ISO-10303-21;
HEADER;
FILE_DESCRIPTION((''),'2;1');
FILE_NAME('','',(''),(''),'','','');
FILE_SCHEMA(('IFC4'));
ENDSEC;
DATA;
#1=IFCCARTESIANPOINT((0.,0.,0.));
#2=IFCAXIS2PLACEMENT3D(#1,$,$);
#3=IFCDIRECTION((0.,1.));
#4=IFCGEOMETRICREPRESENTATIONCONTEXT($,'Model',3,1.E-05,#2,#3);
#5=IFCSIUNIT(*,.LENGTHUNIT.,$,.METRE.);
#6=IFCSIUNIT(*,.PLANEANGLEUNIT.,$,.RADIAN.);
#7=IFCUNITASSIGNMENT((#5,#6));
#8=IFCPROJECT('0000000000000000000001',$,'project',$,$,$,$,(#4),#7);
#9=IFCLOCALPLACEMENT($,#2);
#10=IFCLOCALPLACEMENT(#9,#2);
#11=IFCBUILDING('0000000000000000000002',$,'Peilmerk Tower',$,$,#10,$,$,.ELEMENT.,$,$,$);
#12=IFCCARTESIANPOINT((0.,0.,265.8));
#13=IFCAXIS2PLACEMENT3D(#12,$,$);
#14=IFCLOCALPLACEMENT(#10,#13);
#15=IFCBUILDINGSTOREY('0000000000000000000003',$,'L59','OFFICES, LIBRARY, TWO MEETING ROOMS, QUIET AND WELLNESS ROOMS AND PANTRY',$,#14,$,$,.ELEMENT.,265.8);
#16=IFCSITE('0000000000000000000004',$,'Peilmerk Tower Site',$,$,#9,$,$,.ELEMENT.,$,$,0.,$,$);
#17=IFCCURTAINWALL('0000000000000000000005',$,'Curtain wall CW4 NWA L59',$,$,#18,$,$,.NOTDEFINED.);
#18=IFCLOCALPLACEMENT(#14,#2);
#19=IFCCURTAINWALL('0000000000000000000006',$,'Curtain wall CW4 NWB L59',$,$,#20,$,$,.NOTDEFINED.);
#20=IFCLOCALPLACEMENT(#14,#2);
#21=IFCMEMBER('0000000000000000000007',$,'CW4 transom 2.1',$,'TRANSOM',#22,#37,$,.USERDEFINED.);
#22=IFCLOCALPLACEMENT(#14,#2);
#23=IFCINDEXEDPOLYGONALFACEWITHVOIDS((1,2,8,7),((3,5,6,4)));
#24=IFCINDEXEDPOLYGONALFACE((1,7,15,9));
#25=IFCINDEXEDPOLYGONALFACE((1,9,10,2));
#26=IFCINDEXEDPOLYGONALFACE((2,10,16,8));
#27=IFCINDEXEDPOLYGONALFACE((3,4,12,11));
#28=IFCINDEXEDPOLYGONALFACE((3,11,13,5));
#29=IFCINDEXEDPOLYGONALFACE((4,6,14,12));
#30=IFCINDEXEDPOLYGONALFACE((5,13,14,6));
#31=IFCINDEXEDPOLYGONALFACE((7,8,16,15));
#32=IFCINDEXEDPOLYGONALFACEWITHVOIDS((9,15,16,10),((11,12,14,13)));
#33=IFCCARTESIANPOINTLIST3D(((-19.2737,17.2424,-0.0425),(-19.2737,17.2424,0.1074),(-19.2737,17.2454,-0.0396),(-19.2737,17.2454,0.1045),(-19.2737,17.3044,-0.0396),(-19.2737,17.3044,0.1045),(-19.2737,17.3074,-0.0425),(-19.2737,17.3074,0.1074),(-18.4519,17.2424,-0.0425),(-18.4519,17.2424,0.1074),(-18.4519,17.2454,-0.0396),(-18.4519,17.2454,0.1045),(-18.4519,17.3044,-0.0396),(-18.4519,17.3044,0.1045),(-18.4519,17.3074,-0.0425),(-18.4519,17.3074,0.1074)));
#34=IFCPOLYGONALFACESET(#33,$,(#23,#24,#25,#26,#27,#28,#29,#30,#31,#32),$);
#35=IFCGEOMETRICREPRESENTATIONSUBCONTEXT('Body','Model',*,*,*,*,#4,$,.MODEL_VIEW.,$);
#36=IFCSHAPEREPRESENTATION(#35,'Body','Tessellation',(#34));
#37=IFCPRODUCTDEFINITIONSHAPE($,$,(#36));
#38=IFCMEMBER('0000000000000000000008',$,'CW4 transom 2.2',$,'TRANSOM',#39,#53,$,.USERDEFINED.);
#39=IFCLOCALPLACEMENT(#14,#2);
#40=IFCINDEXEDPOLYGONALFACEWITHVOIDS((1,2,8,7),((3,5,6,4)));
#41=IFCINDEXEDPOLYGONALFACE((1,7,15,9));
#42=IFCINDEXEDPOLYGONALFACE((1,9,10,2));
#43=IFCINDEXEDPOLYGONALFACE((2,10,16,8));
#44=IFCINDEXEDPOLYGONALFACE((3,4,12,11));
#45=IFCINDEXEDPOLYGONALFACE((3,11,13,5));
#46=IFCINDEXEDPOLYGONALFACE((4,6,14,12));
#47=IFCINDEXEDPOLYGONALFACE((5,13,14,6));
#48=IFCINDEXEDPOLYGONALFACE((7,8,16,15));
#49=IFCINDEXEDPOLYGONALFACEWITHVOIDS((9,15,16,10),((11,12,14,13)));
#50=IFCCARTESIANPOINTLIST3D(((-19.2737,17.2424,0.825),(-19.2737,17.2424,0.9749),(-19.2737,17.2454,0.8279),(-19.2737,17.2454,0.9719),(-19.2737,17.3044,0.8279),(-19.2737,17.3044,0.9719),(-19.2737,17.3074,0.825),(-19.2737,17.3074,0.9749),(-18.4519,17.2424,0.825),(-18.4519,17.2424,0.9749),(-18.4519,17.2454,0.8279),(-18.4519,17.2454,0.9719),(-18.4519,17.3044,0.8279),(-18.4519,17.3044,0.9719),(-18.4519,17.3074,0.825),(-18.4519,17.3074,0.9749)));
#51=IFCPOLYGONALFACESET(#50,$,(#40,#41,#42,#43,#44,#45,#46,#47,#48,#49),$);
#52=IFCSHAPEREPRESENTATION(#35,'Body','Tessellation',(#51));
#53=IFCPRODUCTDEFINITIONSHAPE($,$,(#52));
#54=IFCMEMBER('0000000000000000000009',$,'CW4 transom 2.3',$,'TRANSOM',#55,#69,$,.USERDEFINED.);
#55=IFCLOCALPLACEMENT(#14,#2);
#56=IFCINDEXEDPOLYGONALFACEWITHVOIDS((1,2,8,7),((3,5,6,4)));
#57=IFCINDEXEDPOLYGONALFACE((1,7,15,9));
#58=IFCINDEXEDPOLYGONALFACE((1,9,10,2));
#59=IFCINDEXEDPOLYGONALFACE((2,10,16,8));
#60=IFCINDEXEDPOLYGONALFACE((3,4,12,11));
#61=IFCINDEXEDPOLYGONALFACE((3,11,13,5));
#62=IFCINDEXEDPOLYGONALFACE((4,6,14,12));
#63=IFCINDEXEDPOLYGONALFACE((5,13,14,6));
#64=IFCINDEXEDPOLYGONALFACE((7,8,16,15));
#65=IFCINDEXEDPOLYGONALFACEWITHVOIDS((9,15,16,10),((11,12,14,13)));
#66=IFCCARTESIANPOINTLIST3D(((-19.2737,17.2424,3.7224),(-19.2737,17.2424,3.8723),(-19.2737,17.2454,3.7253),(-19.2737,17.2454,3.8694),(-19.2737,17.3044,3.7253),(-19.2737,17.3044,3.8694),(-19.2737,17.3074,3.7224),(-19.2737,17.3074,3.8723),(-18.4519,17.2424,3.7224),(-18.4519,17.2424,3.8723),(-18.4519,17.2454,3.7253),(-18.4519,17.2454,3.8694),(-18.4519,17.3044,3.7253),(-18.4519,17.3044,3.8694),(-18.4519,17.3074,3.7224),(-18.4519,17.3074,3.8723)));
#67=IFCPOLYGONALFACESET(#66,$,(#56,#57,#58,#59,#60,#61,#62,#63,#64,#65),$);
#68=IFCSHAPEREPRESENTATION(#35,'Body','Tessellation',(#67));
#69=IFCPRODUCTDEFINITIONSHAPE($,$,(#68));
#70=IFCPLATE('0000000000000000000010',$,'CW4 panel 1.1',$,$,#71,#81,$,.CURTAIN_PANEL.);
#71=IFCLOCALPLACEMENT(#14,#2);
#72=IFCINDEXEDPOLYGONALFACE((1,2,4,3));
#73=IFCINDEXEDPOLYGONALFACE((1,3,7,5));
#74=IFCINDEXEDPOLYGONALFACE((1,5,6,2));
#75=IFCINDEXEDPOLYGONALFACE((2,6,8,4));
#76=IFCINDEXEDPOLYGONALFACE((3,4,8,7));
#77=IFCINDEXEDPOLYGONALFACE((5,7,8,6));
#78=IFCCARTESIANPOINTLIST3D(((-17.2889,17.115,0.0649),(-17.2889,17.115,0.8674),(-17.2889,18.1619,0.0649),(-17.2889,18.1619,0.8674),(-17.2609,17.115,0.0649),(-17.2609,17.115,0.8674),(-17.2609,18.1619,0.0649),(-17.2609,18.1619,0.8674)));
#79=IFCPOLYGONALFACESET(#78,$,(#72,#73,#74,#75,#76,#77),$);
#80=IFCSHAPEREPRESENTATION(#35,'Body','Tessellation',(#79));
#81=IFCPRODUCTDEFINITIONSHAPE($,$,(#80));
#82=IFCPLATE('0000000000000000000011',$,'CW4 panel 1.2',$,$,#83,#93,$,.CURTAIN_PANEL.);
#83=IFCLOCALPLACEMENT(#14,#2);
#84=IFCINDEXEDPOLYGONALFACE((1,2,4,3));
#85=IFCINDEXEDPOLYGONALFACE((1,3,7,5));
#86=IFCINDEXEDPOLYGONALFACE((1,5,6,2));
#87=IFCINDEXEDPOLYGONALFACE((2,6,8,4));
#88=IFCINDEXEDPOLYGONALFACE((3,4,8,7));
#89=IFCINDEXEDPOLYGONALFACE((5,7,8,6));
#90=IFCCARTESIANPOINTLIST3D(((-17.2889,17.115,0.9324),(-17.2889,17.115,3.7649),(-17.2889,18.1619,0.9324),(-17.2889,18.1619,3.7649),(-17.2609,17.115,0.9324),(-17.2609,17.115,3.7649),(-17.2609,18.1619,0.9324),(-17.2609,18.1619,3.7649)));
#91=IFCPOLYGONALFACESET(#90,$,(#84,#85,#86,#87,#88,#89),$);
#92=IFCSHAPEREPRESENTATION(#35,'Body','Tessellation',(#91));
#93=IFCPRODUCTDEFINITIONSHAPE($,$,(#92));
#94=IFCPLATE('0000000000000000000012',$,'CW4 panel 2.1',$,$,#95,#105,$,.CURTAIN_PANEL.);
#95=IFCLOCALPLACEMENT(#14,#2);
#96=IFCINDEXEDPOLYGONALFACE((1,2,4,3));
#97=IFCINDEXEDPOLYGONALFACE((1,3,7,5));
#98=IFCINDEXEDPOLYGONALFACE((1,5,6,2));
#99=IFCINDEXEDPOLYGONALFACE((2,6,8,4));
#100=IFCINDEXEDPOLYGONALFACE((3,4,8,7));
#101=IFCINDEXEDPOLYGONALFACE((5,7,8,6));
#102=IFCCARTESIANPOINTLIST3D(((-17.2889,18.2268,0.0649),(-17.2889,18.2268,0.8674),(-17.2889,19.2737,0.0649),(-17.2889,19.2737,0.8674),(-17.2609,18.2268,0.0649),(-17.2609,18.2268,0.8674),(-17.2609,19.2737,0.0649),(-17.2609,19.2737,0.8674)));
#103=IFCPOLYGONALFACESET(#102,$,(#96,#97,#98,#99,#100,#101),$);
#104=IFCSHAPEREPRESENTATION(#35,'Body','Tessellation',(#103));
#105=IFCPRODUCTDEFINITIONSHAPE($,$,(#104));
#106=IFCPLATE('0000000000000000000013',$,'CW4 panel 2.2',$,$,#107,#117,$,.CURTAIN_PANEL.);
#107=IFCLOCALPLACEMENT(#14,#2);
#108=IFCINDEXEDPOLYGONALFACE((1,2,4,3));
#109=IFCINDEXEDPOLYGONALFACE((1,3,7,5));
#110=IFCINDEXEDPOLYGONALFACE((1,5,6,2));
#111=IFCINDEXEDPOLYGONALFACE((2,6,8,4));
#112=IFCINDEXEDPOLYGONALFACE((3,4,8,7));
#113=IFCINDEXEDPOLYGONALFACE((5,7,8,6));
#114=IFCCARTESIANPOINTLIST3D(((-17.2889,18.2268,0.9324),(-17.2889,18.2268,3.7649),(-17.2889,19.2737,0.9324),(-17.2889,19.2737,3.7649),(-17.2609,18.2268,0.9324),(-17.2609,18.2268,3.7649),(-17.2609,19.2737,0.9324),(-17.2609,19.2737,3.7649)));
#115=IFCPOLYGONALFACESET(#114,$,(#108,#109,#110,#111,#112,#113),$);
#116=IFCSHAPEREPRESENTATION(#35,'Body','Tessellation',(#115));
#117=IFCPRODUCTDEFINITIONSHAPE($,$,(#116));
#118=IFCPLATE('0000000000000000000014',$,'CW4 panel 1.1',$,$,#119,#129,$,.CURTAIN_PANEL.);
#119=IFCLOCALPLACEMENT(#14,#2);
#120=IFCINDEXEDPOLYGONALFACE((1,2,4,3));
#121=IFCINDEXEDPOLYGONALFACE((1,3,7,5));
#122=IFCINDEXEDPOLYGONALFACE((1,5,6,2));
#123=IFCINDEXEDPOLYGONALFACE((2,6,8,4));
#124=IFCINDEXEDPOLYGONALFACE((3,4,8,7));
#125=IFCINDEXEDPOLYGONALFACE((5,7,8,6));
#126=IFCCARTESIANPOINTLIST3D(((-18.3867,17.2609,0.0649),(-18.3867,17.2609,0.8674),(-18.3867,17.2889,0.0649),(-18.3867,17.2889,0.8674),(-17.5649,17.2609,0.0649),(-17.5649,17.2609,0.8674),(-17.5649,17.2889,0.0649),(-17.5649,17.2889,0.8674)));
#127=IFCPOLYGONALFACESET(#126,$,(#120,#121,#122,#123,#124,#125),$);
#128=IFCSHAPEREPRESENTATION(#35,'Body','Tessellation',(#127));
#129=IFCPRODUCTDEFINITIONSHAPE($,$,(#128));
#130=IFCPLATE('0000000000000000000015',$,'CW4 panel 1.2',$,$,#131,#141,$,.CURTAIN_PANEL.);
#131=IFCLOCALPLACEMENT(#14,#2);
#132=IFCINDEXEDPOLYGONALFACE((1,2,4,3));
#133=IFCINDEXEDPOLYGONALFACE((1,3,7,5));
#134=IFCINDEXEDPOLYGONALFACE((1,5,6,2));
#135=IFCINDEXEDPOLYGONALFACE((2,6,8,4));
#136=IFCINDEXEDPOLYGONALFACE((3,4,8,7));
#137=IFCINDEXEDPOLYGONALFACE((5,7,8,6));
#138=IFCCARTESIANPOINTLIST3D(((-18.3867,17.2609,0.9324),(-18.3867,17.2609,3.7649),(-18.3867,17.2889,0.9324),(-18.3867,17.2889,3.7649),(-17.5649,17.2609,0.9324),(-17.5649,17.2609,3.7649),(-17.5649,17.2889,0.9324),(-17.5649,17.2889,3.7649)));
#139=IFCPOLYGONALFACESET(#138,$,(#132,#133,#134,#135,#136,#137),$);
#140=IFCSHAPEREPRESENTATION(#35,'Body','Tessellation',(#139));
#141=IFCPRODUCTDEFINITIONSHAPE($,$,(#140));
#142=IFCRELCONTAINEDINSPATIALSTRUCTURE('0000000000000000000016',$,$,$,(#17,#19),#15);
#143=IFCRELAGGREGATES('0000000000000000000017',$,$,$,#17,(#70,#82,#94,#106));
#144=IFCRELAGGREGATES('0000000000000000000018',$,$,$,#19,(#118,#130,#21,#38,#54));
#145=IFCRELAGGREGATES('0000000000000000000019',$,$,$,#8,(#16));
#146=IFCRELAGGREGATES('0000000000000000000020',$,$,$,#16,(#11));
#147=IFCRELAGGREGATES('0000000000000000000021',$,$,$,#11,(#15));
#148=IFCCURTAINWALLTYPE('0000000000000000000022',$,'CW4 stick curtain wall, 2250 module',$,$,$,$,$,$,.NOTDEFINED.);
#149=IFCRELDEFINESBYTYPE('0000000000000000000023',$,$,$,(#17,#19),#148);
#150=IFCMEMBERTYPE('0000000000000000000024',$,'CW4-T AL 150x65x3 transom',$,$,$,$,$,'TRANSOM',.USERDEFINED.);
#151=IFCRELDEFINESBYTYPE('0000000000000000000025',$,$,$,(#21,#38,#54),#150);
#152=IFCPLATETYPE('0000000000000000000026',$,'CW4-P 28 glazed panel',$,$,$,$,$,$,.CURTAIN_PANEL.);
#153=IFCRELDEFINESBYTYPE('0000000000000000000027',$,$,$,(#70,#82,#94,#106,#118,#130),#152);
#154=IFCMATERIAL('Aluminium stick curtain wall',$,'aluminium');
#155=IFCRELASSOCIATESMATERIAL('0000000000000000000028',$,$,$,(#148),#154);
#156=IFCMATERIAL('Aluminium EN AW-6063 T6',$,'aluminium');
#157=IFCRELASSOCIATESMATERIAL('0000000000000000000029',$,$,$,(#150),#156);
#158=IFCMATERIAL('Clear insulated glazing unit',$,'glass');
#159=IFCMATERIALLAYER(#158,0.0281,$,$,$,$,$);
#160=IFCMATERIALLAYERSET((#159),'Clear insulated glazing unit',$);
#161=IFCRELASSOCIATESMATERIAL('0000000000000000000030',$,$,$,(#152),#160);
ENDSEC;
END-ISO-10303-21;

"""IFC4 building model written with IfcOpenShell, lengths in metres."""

from ifc_helpers import new_model, si_unit, direction, frame, origin, origin_2d, place, context, subcontext, project, spatial, rectangle, hollow_rectangle, extrude, material, layer, layer_set, material_profile, profile_set, type_object, element, aggregate, save


model = new_model("IFC4")

# Units and contexts
model_context = context("Model", 3, precision=1e-05, world=origin(), true_north=direction((0.0, 1.0)))
body_context = subcontext(model_context, "Body", "Model", "MODEL_VIEW")
ifc_project = project(units=[si_unit("LENGTHUNIT", "METRE"), si_unit("PLANEANGLEUNIT", "RADIAN")], contexts=[model_context])

# Site, building, storey
site_placement = place(None, origin())
site = spatial("IfcSite", under=ifc_project, at=site_placement, Name="Peilmerk Tower Site", CompositionType="ELEMENT", RefElevation=0.0)
building_placement = place(site_placement, origin())
building = spatial("IfcBuilding", under=site, at=building_placement, Name="Peilmerk Tower", CompositionType="ELEMENT")
storey_placement = place(building_placement, frame((0.0, 0.0, 265.8)))
storey = spatial("IfcBuildingStorey", under=building, at=storey_placement, Name="L59", Description="OFFICES, LIBRARY, TWO MEETING ROOMS, QUIET AND WELLNESS ROOMS AND PANTRY", CompositionType="ELEMENT", Elevation=265.8)

# Curtain walls
ifc_material_1 = material(Name="Aluminium stick curtain wall", Category="aluminium")
curtain_wall_type = type_object("IfcCurtainWallType", Name="CW4 stick curtain wall, 2250 module", PredefinedType="NOTDEFINED", material=ifc_material_1)
curtain_wall_1_placement = place(storey_placement, origin())
curtain_wall_1 = element("IfcCurtainWall", 1, at=curtain_wall_1_placement, inside=storey, type_object=curtain_wall_type, Name="Curtain wall CW4 NWA L59", PredefinedType="NOTDEFINED")
ifc_material_2 = material(Name="Aluminium EN AW-6063 T6", Category="aluminium")
curtain_wall_2_placement = place(storey_placement, origin())
curtain_wall_2 = element("IfcCurtainWall", 2, at=curtain_wall_2_placement, inside=storey, type_object=curtain_wall_type, Name="Curtain wall CW4 NWB L59", PredefinedType="NOTDEFINED")

# Members
ifc_material_profile_1 = material_profile(ifc_material_2, hollow_rectangle(XDim=0.0649, YDim=0.1499, WallThickness=0.0029, at=origin_2d()), Name="AL 150x65x3")
ifc_profile_set_1 = profile_set([ifc_material_profile_1], Name="Aluminium EN AW-6063 T6")
member_type_1 = type_object("IfcMemberType", Name="CW4-T AL 150x65x3 transom", ElementType="TRANSOM", PredefinedType="USERDEFINED", material=ifc_profile_set_1)
member_1_placement = place(storey_placement, frame((-18.4519, 17.2749, 0.0325), z_axis=(-1.0, 0.0, 0.0), x_axis=(0.0, -1.0, 0.0)))
member_1 = element("IfcMember", 3, at=member_1_placement, type_object=member_type_1, Name="CW4 transom 2.1", ObjectType="TRANSOM", PredefinedType="USERDEFINED", context=body_context, shape_type="SweptSolid", body=[
    extrude(hollow_rectangle(XDim=0.0649, YDim=0.1499, WallThickness=0.0029, at=origin_2d()), origin(), (0.0, 0.0, 1.0), 0.8218),
])
member_2_placement = place(storey_placement, frame((-18.4519, 17.2749, 0.8999), z_axis=(-1.0, 0.0, 0.0), x_axis=(0.0, -1.0, 0.0)))
member_2 = element("IfcMember", 4, at=member_2_placement, type_object=member_type_1, Name="CW4 transom 2.2", ObjectType="TRANSOM", PredefinedType="USERDEFINED", context=body_context, shape_type="SweptSolid", body=[
    extrude(hollow_rectangle(XDim=0.0649, YDim=0.1499, WallThickness=0.0029, at=origin_2d()), origin(), (0.0, 0.0, 1.0), 0.8218),
])
member_3_placement = place(storey_placement, frame((-18.4519, 17.2749, 3.7974), z_axis=(-1.0, 0.0, 0.0), x_axis=(0.0, -1.0, 0.0)))
member_3 = element("IfcMember", 5, at=member_3_placement, type_object=member_type_1, Name="CW4 transom 2.3", ObjectType="TRANSOM", PredefinedType="USERDEFINED", context=body_context, shape_type="SweptSolid", body=[
    extrude(hollow_rectangle(XDim=0.0649, YDim=0.1499, WallThickness=0.0029, at=origin_2d()), origin(), (0.0, 0.0, 1.0), 0.8218),
])

# Plates
ifc_material_3 = material(Name="Clear insulated glazing unit", Category="glass")
ifc_layer_1 = layer(ifc_material_3, 0.0281)
ifc_layer_set_1 = layer_set([ifc_layer_1], Name="Clear insulated glazing unit")
plate_type = type_object("IfcPlateType", Name="CW4-P 28 glazed panel", PredefinedType="CURTAIN_PANEL", material=ifc_layer_set_1)
plate_1_placement = place(storey_placement, frame((-17.2749, 17.6384, 0.0649), z_axis=(0.0, 0.0, 1.0), x_axis=(0.0, 1.0, 0.0)))
plate_1 = element("IfcPlate", 6, at=plate_1_placement, type_object=plate_type, Name="CW4 panel 1.1", PredefinedType="CURTAIN_PANEL", context=body_context, shape_type="SweptSolid", body=[
    extrude(rectangle(XDim=1.0469, YDim=0.0281, at=origin_2d()), origin(), (0.0, 0.0, 1.0), 0.8025),
])
plate_2_placement = place(storey_placement, frame((-17.2749, 17.6384, 0.9324), z_axis=(0.0, 0.0, 1.0), x_axis=(0.0, 1.0, 0.0)))
plate_2 = element("IfcPlate", 7, at=plate_2_placement, type_object=plate_type, Name="CW4 panel 1.2", PredefinedType="CURTAIN_PANEL", context=body_context, shape_type="SweptSolid", body=[
    extrude(rectangle(XDim=1.0469, YDim=0.0281, at=origin_2d()), origin(), (0.0, 0.0, 1.0), 2.8325),
])
plate_3_placement = place(storey_placement, frame((-17.2749, 18.7502, 0.0649), z_axis=(0.0, 0.0, 1.0), x_axis=(0.0, 1.0, 0.0)))
plate_3 = element("IfcPlate", 8, at=plate_3_placement, type_object=plate_type, Name="CW4 panel 2.1", PredefinedType="CURTAIN_PANEL", context=body_context, shape_type="SweptSolid", body=[
    extrude(rectangle(XDim=1.0469, YDim=0.0281, at=origin_2d()), origin(), (0.0, 0.0, 1.0), 0.8025),
])
plate_4_placement = place(storey_placement, frame((-17.2749, 18.7502, 0.9324), z_axis=(0.0, 0.0, 1.0), x_axis=(0.0, 1.0, 0.0)))
plate_4 = element("IfcPlate", 9, at=plate_4_placement, type_object=plate_type, Name="CW4 panel 2.2", PredefinedType="CURTAIN_PANEL", context=body_context, shape_type="SweptSolid", body=[
    extrude(rectangle(XDim=1.0469, YDim=0.0281, at=origin_2d()), origin(), (0.0, 0.0, 1.0), 2.8325),
])
aggregate(curtain_wall_1, [plate_1, plate_2, plate_3, plate_4])
plate_5_placement = place(storey_placement, frame((-17.9758, 17.2749, 0.0649), z_axis=(0.0, 0.0, 1.0), x_axis=(-1.0, 0.0, 0.0)))
plate_5 = element("IfcPlate", 10, at=plate_5_placement, type_object=plate_type, Name="CW4 panel 1.1", PredefinedType="CURTAIN_PANEL", context=body_context, shape_type="SweptSolid", body=[
    extrude(rectangle(XDim=0.8218, YDim=0.0281, at=origin_2d()), origin(), (0.0, 0.0, 1.0), 0.8025),
])
plate_6_placement = place(storey_placement, frame((-17.9758, 17.2749, 0.9324), z_axis=(0.0, 0.0, 1.0), x_axis=(-1.0, 0.0, 0.0)))
plate_6 = element("IfcPlate", 11, at=plate_6_placement, type_object=plate_type, Name="CW4 panel 1.2", PredefinedType="CURTAIN_PANEL", context=body_context, shape_type="SweptSolid", body=[
    extrude(rectangle(XDim=0.8218, YDim=0.0281, at=origin_2d()), origin(), (0.0, 0.0, 1.0), 2.8325),
])
aggregate(curtain_wall_2, [plate_5, plate_6, member_1, member_2, member_3])

save(model, "model.ifc")
